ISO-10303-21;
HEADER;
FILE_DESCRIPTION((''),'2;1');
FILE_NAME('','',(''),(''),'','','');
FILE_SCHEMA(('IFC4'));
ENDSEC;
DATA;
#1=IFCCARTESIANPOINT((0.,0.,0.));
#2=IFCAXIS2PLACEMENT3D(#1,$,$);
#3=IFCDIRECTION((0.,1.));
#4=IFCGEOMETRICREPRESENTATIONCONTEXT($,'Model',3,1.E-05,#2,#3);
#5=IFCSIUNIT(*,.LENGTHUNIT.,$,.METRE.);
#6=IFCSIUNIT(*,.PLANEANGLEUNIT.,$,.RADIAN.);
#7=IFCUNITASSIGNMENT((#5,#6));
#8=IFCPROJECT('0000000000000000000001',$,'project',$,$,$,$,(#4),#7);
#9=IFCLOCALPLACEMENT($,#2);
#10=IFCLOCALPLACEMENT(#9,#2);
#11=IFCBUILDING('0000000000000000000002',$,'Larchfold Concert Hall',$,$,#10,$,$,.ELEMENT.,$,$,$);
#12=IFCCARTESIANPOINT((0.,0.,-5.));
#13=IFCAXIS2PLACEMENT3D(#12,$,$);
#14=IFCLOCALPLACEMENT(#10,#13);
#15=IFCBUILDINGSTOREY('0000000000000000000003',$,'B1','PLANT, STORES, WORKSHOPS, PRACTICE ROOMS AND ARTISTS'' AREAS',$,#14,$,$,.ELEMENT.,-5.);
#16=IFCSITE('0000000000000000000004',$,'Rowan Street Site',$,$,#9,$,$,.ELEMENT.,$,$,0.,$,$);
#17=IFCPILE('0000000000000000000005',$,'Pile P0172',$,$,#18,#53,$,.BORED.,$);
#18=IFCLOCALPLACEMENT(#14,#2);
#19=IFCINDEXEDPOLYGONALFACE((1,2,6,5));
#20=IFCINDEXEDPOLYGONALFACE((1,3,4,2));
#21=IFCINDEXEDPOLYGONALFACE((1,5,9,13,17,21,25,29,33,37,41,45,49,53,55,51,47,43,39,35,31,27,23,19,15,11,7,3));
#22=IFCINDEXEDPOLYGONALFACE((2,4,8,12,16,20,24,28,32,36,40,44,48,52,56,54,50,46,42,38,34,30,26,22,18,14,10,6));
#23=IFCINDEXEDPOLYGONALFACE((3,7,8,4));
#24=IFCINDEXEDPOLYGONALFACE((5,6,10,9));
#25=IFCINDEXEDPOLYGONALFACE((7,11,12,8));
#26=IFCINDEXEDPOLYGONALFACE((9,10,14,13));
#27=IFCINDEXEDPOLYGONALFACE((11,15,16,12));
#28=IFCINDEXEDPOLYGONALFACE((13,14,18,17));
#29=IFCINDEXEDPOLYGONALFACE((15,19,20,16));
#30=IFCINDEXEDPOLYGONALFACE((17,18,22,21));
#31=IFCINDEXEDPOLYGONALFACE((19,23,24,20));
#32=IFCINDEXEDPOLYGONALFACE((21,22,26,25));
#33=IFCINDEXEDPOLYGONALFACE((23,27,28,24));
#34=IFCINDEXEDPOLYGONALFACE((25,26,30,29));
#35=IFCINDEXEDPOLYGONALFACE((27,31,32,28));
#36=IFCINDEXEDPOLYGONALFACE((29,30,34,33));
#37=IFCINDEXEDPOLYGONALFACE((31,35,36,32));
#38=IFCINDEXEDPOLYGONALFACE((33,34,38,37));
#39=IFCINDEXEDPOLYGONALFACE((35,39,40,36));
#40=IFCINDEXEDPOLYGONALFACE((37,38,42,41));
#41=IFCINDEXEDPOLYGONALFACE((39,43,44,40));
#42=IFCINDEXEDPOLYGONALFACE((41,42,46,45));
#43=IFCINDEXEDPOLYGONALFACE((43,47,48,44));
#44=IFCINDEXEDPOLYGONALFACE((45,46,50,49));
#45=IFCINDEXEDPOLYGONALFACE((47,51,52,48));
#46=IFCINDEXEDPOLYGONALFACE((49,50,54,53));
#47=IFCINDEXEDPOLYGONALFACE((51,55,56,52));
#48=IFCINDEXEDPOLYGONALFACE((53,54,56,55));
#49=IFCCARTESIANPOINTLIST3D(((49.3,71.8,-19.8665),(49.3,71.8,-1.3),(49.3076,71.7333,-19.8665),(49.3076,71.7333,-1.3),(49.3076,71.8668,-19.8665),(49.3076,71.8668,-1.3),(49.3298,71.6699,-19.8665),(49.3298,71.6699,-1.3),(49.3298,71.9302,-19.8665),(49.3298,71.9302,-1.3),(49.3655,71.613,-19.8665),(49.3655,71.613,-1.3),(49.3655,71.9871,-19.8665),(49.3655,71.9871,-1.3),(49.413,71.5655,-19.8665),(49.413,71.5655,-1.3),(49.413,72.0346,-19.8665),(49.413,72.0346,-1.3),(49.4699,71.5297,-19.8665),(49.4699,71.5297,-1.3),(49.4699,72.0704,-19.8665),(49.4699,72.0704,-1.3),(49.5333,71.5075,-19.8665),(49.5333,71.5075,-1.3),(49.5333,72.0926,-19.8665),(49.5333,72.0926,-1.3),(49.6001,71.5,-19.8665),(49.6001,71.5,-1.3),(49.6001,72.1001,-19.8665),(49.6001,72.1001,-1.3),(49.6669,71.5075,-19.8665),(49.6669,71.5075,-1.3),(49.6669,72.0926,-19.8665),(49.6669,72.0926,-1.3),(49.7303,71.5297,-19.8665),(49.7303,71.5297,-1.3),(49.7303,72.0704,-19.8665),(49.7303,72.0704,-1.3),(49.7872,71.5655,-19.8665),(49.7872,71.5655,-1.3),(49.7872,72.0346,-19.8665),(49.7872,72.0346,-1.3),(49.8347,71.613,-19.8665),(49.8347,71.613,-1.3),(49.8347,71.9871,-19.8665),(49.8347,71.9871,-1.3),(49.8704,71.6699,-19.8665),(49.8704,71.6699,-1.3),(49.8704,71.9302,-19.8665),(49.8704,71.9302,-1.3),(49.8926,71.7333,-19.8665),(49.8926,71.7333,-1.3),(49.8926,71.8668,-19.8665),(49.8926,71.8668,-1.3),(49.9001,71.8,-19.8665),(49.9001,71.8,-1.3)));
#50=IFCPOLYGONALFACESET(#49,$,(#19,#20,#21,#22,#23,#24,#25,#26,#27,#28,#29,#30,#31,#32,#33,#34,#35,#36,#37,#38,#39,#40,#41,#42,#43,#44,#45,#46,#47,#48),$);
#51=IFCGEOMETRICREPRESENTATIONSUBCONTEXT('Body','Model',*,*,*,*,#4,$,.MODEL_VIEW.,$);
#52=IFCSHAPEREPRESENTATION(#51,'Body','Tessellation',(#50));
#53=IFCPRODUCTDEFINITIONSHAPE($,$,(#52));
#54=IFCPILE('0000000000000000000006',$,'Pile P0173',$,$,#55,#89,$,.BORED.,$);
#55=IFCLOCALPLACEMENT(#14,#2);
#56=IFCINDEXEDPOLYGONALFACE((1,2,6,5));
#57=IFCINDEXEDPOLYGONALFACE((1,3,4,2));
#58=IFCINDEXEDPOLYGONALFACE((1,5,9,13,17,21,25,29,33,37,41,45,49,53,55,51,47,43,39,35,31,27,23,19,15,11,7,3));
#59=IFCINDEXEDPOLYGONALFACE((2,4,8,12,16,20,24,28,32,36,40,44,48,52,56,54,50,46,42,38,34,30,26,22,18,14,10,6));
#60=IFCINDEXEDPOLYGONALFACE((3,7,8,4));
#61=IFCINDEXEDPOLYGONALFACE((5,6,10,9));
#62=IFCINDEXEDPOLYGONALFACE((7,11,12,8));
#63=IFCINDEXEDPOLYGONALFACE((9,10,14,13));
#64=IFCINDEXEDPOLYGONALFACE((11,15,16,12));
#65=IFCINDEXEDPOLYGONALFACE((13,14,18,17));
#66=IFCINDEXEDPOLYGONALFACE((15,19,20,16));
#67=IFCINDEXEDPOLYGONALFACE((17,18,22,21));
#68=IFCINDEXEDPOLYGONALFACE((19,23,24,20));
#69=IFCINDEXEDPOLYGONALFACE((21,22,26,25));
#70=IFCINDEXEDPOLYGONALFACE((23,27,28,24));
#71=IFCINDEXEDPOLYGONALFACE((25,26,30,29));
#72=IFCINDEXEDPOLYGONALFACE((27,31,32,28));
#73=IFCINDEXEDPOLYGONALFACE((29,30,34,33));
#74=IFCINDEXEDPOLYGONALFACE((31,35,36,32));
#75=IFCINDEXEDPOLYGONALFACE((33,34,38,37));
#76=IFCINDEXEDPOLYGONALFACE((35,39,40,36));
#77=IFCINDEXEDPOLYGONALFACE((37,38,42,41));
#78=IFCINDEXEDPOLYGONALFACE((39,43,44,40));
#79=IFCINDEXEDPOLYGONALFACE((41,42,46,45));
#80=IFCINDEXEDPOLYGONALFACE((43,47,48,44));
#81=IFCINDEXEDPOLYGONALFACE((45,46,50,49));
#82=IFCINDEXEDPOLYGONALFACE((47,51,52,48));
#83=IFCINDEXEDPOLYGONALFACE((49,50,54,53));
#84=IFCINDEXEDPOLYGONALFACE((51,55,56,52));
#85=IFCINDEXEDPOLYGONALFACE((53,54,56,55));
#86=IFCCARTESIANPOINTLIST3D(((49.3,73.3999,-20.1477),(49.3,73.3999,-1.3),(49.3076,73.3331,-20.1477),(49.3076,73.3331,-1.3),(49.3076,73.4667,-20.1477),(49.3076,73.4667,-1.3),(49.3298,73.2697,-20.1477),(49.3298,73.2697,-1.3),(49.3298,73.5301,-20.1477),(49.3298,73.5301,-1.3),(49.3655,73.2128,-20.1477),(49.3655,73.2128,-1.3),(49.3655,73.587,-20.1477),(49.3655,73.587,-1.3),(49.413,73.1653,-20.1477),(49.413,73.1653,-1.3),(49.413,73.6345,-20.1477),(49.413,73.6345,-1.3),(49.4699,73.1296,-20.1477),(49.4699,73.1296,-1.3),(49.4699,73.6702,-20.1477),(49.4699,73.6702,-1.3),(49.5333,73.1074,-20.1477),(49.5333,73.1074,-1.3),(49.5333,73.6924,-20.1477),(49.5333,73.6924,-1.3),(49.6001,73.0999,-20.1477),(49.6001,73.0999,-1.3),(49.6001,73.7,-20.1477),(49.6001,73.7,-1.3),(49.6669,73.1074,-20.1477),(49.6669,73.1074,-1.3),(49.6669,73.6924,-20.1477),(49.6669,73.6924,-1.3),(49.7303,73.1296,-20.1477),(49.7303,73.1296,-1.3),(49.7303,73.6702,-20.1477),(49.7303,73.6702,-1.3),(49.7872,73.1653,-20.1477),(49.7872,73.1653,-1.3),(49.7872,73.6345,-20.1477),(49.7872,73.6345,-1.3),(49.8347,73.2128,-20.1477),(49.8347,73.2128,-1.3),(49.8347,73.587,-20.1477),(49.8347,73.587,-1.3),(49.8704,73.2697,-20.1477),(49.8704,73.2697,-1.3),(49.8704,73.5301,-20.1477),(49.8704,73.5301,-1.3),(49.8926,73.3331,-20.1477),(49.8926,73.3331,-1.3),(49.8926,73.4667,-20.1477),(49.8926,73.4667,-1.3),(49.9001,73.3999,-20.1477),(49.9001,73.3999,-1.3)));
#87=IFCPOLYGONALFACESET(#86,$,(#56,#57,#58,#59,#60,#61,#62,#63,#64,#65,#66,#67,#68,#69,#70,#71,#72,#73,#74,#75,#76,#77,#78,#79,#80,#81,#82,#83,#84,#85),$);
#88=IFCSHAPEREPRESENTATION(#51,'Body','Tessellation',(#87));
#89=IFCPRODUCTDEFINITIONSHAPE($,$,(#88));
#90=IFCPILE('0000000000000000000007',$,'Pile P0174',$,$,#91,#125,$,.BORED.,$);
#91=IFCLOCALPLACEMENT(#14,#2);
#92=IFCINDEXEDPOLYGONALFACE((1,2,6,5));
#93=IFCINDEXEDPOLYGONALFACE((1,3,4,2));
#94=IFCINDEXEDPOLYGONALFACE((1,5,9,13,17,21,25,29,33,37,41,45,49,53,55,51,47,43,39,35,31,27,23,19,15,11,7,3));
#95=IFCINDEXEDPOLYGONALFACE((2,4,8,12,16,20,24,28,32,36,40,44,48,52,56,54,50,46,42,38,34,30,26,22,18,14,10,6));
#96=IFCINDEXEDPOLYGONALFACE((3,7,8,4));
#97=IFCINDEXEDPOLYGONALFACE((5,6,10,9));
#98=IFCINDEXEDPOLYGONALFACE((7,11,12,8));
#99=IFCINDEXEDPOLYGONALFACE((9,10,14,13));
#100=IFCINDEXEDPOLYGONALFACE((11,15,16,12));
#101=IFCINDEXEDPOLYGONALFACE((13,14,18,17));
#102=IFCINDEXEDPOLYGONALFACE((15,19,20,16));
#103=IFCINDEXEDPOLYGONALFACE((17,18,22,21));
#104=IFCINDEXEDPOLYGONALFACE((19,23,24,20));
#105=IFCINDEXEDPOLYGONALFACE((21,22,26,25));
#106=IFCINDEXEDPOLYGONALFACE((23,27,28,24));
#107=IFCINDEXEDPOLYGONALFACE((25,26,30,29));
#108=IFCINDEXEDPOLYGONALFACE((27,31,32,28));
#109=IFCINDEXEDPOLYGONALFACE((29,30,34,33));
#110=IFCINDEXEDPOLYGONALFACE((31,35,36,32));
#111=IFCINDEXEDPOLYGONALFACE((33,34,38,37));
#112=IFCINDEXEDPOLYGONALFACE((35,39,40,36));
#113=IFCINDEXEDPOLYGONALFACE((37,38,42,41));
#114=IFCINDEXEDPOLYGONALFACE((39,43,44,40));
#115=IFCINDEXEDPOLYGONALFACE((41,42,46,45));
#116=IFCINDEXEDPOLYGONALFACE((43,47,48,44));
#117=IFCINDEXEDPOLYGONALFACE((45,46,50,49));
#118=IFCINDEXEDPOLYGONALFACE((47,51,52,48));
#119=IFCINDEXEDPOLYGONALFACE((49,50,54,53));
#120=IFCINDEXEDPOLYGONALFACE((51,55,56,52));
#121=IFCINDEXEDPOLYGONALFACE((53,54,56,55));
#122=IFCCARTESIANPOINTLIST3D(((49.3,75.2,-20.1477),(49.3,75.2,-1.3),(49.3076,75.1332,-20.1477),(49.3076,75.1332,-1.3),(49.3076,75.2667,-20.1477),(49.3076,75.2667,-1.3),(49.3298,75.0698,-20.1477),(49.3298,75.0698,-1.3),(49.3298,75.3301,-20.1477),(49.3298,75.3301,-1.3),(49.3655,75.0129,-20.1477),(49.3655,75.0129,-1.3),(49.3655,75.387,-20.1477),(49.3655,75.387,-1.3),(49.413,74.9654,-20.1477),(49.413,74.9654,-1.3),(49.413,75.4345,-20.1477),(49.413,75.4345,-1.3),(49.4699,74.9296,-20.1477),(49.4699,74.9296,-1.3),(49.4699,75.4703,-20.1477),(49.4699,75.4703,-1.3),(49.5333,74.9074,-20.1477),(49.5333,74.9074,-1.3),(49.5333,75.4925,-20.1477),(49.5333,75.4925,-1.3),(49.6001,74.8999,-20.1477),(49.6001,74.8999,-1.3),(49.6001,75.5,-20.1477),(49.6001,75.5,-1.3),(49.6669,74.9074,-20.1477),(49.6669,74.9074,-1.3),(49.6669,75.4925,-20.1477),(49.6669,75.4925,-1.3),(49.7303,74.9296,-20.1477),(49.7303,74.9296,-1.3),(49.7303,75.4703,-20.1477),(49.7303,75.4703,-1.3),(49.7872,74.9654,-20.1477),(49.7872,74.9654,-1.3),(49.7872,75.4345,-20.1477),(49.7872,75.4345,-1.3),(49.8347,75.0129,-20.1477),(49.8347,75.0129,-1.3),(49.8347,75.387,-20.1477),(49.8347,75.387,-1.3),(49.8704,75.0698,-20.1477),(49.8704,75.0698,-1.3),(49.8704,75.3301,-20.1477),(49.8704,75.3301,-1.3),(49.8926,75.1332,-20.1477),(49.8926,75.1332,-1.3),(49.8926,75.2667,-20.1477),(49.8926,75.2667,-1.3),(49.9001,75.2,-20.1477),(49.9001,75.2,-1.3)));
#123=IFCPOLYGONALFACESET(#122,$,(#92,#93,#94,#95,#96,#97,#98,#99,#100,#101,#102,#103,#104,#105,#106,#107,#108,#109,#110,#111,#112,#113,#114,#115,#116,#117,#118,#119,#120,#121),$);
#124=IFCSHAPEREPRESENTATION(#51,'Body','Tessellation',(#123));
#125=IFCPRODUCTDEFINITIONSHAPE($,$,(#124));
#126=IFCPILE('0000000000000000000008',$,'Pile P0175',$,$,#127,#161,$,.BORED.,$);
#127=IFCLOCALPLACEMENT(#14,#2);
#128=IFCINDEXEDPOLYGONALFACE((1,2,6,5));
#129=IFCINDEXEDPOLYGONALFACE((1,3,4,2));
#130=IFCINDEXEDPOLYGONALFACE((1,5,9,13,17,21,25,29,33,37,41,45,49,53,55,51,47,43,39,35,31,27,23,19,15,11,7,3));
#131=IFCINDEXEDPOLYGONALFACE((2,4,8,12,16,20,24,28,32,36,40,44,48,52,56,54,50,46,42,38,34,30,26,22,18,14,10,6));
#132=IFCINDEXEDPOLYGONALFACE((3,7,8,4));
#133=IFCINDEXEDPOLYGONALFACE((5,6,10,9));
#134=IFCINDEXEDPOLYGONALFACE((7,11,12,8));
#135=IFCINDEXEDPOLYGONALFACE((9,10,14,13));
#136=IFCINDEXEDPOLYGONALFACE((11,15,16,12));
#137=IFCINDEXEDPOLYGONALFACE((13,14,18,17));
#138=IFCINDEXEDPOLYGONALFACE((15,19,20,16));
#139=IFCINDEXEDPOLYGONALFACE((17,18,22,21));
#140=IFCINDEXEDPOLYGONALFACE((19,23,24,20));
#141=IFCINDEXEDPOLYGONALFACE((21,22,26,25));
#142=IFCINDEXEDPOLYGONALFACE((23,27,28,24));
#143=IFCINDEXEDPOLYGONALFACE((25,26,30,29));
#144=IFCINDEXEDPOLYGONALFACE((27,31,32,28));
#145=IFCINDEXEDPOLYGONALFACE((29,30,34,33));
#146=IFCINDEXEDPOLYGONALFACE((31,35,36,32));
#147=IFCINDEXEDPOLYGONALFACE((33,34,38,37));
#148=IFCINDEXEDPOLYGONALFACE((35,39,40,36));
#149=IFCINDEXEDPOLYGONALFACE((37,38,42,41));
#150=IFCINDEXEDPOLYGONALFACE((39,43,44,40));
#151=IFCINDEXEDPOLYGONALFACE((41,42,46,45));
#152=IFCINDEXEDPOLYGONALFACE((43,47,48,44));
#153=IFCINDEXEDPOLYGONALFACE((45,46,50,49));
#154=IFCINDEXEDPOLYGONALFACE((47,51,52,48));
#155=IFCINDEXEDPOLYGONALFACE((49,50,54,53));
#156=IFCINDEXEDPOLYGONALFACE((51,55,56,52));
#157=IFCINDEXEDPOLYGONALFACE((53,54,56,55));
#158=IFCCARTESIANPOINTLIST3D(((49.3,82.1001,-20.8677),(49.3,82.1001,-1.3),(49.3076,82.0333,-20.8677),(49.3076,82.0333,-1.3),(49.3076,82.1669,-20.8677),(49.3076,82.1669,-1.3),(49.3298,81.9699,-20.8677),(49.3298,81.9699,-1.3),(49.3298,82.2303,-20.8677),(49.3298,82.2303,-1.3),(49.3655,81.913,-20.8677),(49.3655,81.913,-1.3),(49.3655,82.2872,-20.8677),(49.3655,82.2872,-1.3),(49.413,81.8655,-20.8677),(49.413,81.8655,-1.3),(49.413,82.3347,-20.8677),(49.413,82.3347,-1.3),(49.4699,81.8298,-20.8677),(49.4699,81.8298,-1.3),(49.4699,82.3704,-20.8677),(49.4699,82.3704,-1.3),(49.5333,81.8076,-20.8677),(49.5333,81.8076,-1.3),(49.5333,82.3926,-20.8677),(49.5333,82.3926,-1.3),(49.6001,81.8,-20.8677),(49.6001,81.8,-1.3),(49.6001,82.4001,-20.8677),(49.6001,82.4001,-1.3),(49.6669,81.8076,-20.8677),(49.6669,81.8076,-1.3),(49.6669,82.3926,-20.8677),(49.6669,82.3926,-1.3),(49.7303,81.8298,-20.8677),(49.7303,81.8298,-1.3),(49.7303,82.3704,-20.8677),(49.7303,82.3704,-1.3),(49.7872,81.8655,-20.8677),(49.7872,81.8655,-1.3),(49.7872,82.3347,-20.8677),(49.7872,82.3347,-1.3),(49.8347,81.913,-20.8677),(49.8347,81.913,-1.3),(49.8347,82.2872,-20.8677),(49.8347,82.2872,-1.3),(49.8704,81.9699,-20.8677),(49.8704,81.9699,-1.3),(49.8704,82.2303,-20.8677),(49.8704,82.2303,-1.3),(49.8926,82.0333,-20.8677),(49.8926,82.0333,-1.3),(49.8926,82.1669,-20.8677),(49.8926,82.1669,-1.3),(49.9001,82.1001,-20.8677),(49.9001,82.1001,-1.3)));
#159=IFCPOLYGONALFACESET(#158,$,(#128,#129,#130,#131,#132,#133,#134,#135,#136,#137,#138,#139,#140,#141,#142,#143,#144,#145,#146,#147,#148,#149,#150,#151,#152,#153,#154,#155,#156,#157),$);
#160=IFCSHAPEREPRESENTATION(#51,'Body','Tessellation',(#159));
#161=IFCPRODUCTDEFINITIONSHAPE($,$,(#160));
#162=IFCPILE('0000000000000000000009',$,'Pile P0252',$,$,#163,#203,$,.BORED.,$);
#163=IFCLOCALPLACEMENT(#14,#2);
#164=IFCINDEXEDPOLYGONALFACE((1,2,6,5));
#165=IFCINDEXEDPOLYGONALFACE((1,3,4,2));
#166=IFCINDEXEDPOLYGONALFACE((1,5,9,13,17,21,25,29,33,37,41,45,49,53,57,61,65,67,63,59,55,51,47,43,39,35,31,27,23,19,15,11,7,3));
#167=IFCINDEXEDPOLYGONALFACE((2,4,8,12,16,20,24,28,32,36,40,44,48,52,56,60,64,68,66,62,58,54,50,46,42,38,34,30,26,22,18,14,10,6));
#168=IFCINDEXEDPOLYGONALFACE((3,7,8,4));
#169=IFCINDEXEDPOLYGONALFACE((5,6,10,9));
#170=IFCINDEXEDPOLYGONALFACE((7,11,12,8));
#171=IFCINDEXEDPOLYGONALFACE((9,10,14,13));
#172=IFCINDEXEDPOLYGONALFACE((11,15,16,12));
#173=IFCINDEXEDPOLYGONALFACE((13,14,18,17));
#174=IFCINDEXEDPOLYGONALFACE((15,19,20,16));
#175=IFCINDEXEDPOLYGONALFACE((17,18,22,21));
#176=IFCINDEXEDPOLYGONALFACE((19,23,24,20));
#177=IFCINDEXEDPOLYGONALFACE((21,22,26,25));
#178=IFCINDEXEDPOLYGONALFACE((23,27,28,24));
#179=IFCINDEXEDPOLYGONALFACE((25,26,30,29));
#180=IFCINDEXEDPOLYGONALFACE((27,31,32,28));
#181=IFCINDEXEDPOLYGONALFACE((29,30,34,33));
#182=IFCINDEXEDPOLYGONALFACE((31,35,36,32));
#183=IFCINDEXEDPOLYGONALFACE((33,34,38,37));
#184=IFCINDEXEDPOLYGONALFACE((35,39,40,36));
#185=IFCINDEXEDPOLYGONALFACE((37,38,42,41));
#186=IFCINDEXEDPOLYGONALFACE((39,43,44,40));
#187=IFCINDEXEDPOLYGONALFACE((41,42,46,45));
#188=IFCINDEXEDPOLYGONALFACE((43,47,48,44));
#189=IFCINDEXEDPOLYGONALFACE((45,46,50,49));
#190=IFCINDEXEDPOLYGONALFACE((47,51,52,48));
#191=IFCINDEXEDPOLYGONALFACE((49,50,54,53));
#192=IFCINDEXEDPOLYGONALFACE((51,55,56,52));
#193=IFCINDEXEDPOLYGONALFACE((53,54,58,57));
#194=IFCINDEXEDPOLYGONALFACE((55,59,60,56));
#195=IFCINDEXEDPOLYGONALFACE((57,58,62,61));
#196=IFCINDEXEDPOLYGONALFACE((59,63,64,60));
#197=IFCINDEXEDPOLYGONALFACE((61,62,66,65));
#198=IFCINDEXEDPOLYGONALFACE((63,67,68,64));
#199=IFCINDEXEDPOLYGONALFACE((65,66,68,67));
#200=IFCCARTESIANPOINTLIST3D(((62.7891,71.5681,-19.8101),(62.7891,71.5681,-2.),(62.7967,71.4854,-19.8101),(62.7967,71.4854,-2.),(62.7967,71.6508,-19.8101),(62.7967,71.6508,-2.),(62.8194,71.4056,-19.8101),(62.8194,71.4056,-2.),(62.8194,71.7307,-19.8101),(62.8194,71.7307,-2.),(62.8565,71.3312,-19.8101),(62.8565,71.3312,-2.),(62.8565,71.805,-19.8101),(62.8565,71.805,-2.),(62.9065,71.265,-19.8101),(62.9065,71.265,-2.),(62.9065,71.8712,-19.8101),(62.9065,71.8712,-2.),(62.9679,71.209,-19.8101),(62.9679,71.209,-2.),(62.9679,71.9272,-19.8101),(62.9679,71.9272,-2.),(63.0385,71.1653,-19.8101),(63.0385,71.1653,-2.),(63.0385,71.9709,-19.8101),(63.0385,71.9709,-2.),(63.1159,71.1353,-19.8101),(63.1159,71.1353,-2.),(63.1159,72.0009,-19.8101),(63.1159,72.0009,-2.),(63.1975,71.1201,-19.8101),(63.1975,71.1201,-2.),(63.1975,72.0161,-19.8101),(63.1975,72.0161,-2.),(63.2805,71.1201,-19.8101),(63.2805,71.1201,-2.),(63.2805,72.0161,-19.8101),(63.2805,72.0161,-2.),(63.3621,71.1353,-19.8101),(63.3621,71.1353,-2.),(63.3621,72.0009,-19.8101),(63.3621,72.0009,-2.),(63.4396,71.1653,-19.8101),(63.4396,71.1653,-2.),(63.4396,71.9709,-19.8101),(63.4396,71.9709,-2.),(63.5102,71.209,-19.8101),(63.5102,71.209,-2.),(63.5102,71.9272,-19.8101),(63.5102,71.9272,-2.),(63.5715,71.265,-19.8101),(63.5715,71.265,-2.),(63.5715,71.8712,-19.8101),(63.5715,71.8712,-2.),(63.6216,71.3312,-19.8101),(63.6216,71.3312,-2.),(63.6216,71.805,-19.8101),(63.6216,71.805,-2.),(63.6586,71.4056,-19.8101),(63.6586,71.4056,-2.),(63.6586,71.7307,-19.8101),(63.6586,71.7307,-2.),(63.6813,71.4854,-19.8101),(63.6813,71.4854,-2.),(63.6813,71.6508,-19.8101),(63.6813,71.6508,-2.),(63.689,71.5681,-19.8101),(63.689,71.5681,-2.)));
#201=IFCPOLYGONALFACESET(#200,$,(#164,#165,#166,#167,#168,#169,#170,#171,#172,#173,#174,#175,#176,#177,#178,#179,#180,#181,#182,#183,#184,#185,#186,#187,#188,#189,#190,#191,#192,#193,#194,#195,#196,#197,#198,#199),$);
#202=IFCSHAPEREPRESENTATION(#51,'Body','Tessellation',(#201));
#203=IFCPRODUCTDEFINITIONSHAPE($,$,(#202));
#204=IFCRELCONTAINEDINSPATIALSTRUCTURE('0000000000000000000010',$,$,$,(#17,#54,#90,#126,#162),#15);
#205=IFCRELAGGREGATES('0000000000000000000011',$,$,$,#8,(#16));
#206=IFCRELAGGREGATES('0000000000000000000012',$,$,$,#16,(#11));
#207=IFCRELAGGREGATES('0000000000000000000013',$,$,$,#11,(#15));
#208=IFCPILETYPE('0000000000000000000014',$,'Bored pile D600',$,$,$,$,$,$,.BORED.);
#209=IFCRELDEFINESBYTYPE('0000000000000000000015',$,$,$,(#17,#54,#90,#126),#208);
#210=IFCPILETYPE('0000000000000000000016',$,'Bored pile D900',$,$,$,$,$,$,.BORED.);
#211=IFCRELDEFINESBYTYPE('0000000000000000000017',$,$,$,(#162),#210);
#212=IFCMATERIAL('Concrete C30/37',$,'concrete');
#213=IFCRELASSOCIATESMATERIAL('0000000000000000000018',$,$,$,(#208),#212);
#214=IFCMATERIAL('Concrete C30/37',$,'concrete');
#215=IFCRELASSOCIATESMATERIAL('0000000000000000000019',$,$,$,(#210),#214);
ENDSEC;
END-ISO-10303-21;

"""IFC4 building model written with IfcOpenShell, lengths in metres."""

from ifc_helpers import new_model, si_unit, direction, frame, origin, origin_2d, place, context, subcontext, project, spatial, circle, extrude, material, material_profile, profile_set, type_object, element, save


model = new_model("IFC4")

# Units and contexts
model_context = context("Model", 3, precision=1e-05, world=origin(), true_north=direction((0.0, 1.0)))
body_context = subcontext(model_context, "Body", "Model", "MODEL_VIEW")
ifc_project = project(units=[si_unit("LENGTHUNIT", "METRE"), si_unit("PLANEANGLEUNIT", "RADIAN")], contexts=[model_context])

# Site, building, storey
site_placement = place(None, origin())
site = spatial("IfcSite", under=ifc_project, at=site_placement, Name="Rowan Street Site", CompositionType="ELEMENT", RefElevation=0.0)
building_placement = place(site_placement, origin())
building = spatial("IfcBuilding", under=site, at=building_placement, Name="Larchfold Concert Hall", CompositionType="ELEMENT")
storey_placement = place(building_placement, frame((0.0, 0.0, -5.0)))
storey = spatial("IfcBuildingStorey", under=building, at=storey_placement, Name="B1", Description="PLANT, STORES, WORKSHOPS, PRACTICE ROOMS AND ARTISTS' AREAS", CompositionType="ELEMENT", Elevation=-5.0)

# Piles
ifc_material_1 = material(Name="Concrete C30/37", Category="concrete")
ifc_material_profile_1 = material_profile(ifc_material_1, circle(Radius=0.3, at=origin_2d()))
ifc_profile_set_1 = profile_set([ifc_material_profile_1], Name="Concrete C30/37")
pile_type_1 = type_object("IfcPileType", Name="Bored pile D600", PredefinedType="BORED", material=ifc_profile_set_1)
pile_1_placement = place(storey_placement, frame((49.6001, 71.8, -1.3), z_axis=(0.0, 0.0, -1.0), x_axis=(1.0, 0.0, 0.0)))
element("IfcPile", 1, at=pile_1_placement, inside=storey, type_object=pile_type_1, Name="Pile P0172", PredefinedType="BORED", context=body_context, shape_type="SweptSolid", body=[
    extrude(circle(Radius=0.3, at=origin_2d()), origin(), (0.0, 0.0, 1.0), 18.5664),
])
for number, where, z_axis, x_axis, name in (
    (2, (49.6001, 73.3999, -1.3), (0.0, 0.0, -1.0), (1.0, 0.0, 0.0), "Pile P0173"),
    (3, (49.6001, 75.2, -1.3), (0.0, 0.0, -1.0), (1.0, 0.0, 0.0), "Pile P0174"),
):
    element("IfcPile", number, at=place(storey_placement, frame(where, z_axis=z_axis, x_axis=x_axis)), inside=storey, type_object=pile_type_1, Name=name, PredefinedType="BORED", context=body_context, shape_type="SweptSolid", body=[
        extrude(circle(Radius=0.3, at=origin_2d()), origin(), (0.0, 0.0, 1.0), 18.8477),
    ])
pile_2_placement = place(storey_placement, frame((49.6001, 82.1001, -1.3), z_axis=(0.0, 0.0, -1.0), x_axis=(1.0, 0.0, 0.0)))
element("IfcPile", 4, at=pile_2_placement, inside=storey, type_object=pile_type_1, Name="Pile P0175", PredefinedType="BORED", context=body_context, shape_type="SweptSolid", body=[
    extrude(circle(Radius=0.3, at=origin_2d()), origin(), (0.0, 0.0, 1.0), 19.5676),
])
ifc_material_2 = material(Name="Concrete C30/37", Category="concrete")
ifc_material_profile_2 = material_profile(ifc_material_2, circle(Radius=0.45, at=origin_2d()))
ifc_profile_set_2 = profile_set([ifc_material_profile_2], Name="Concrete C30/37")
pile_type_2 = type_object("IfcPileType", Name="Bored pile D900", PredefinedType="BORED", material=ifc_profile_set_2)
pile_3_placement = place(storey_placement, frame((63.239, 71.5681, -2.0), z_axis=(0.0, 0.0, -1.0), x_axis=(1.0, 0.0, 0.0)))
element("IfcPile", 5, at=pile_3_placement, inside=storey, type_object=pile_type_2, Name="Pile P0252", PredefinedType="BORED", context=body_context, shape_type="SweptSolid", body=[
    extrude(circle(Radius=0.45, at=origin_2d()), origin(), (0.0, 0.0, 1.0), 17.8101),
])

save(model, "model.ifc")
